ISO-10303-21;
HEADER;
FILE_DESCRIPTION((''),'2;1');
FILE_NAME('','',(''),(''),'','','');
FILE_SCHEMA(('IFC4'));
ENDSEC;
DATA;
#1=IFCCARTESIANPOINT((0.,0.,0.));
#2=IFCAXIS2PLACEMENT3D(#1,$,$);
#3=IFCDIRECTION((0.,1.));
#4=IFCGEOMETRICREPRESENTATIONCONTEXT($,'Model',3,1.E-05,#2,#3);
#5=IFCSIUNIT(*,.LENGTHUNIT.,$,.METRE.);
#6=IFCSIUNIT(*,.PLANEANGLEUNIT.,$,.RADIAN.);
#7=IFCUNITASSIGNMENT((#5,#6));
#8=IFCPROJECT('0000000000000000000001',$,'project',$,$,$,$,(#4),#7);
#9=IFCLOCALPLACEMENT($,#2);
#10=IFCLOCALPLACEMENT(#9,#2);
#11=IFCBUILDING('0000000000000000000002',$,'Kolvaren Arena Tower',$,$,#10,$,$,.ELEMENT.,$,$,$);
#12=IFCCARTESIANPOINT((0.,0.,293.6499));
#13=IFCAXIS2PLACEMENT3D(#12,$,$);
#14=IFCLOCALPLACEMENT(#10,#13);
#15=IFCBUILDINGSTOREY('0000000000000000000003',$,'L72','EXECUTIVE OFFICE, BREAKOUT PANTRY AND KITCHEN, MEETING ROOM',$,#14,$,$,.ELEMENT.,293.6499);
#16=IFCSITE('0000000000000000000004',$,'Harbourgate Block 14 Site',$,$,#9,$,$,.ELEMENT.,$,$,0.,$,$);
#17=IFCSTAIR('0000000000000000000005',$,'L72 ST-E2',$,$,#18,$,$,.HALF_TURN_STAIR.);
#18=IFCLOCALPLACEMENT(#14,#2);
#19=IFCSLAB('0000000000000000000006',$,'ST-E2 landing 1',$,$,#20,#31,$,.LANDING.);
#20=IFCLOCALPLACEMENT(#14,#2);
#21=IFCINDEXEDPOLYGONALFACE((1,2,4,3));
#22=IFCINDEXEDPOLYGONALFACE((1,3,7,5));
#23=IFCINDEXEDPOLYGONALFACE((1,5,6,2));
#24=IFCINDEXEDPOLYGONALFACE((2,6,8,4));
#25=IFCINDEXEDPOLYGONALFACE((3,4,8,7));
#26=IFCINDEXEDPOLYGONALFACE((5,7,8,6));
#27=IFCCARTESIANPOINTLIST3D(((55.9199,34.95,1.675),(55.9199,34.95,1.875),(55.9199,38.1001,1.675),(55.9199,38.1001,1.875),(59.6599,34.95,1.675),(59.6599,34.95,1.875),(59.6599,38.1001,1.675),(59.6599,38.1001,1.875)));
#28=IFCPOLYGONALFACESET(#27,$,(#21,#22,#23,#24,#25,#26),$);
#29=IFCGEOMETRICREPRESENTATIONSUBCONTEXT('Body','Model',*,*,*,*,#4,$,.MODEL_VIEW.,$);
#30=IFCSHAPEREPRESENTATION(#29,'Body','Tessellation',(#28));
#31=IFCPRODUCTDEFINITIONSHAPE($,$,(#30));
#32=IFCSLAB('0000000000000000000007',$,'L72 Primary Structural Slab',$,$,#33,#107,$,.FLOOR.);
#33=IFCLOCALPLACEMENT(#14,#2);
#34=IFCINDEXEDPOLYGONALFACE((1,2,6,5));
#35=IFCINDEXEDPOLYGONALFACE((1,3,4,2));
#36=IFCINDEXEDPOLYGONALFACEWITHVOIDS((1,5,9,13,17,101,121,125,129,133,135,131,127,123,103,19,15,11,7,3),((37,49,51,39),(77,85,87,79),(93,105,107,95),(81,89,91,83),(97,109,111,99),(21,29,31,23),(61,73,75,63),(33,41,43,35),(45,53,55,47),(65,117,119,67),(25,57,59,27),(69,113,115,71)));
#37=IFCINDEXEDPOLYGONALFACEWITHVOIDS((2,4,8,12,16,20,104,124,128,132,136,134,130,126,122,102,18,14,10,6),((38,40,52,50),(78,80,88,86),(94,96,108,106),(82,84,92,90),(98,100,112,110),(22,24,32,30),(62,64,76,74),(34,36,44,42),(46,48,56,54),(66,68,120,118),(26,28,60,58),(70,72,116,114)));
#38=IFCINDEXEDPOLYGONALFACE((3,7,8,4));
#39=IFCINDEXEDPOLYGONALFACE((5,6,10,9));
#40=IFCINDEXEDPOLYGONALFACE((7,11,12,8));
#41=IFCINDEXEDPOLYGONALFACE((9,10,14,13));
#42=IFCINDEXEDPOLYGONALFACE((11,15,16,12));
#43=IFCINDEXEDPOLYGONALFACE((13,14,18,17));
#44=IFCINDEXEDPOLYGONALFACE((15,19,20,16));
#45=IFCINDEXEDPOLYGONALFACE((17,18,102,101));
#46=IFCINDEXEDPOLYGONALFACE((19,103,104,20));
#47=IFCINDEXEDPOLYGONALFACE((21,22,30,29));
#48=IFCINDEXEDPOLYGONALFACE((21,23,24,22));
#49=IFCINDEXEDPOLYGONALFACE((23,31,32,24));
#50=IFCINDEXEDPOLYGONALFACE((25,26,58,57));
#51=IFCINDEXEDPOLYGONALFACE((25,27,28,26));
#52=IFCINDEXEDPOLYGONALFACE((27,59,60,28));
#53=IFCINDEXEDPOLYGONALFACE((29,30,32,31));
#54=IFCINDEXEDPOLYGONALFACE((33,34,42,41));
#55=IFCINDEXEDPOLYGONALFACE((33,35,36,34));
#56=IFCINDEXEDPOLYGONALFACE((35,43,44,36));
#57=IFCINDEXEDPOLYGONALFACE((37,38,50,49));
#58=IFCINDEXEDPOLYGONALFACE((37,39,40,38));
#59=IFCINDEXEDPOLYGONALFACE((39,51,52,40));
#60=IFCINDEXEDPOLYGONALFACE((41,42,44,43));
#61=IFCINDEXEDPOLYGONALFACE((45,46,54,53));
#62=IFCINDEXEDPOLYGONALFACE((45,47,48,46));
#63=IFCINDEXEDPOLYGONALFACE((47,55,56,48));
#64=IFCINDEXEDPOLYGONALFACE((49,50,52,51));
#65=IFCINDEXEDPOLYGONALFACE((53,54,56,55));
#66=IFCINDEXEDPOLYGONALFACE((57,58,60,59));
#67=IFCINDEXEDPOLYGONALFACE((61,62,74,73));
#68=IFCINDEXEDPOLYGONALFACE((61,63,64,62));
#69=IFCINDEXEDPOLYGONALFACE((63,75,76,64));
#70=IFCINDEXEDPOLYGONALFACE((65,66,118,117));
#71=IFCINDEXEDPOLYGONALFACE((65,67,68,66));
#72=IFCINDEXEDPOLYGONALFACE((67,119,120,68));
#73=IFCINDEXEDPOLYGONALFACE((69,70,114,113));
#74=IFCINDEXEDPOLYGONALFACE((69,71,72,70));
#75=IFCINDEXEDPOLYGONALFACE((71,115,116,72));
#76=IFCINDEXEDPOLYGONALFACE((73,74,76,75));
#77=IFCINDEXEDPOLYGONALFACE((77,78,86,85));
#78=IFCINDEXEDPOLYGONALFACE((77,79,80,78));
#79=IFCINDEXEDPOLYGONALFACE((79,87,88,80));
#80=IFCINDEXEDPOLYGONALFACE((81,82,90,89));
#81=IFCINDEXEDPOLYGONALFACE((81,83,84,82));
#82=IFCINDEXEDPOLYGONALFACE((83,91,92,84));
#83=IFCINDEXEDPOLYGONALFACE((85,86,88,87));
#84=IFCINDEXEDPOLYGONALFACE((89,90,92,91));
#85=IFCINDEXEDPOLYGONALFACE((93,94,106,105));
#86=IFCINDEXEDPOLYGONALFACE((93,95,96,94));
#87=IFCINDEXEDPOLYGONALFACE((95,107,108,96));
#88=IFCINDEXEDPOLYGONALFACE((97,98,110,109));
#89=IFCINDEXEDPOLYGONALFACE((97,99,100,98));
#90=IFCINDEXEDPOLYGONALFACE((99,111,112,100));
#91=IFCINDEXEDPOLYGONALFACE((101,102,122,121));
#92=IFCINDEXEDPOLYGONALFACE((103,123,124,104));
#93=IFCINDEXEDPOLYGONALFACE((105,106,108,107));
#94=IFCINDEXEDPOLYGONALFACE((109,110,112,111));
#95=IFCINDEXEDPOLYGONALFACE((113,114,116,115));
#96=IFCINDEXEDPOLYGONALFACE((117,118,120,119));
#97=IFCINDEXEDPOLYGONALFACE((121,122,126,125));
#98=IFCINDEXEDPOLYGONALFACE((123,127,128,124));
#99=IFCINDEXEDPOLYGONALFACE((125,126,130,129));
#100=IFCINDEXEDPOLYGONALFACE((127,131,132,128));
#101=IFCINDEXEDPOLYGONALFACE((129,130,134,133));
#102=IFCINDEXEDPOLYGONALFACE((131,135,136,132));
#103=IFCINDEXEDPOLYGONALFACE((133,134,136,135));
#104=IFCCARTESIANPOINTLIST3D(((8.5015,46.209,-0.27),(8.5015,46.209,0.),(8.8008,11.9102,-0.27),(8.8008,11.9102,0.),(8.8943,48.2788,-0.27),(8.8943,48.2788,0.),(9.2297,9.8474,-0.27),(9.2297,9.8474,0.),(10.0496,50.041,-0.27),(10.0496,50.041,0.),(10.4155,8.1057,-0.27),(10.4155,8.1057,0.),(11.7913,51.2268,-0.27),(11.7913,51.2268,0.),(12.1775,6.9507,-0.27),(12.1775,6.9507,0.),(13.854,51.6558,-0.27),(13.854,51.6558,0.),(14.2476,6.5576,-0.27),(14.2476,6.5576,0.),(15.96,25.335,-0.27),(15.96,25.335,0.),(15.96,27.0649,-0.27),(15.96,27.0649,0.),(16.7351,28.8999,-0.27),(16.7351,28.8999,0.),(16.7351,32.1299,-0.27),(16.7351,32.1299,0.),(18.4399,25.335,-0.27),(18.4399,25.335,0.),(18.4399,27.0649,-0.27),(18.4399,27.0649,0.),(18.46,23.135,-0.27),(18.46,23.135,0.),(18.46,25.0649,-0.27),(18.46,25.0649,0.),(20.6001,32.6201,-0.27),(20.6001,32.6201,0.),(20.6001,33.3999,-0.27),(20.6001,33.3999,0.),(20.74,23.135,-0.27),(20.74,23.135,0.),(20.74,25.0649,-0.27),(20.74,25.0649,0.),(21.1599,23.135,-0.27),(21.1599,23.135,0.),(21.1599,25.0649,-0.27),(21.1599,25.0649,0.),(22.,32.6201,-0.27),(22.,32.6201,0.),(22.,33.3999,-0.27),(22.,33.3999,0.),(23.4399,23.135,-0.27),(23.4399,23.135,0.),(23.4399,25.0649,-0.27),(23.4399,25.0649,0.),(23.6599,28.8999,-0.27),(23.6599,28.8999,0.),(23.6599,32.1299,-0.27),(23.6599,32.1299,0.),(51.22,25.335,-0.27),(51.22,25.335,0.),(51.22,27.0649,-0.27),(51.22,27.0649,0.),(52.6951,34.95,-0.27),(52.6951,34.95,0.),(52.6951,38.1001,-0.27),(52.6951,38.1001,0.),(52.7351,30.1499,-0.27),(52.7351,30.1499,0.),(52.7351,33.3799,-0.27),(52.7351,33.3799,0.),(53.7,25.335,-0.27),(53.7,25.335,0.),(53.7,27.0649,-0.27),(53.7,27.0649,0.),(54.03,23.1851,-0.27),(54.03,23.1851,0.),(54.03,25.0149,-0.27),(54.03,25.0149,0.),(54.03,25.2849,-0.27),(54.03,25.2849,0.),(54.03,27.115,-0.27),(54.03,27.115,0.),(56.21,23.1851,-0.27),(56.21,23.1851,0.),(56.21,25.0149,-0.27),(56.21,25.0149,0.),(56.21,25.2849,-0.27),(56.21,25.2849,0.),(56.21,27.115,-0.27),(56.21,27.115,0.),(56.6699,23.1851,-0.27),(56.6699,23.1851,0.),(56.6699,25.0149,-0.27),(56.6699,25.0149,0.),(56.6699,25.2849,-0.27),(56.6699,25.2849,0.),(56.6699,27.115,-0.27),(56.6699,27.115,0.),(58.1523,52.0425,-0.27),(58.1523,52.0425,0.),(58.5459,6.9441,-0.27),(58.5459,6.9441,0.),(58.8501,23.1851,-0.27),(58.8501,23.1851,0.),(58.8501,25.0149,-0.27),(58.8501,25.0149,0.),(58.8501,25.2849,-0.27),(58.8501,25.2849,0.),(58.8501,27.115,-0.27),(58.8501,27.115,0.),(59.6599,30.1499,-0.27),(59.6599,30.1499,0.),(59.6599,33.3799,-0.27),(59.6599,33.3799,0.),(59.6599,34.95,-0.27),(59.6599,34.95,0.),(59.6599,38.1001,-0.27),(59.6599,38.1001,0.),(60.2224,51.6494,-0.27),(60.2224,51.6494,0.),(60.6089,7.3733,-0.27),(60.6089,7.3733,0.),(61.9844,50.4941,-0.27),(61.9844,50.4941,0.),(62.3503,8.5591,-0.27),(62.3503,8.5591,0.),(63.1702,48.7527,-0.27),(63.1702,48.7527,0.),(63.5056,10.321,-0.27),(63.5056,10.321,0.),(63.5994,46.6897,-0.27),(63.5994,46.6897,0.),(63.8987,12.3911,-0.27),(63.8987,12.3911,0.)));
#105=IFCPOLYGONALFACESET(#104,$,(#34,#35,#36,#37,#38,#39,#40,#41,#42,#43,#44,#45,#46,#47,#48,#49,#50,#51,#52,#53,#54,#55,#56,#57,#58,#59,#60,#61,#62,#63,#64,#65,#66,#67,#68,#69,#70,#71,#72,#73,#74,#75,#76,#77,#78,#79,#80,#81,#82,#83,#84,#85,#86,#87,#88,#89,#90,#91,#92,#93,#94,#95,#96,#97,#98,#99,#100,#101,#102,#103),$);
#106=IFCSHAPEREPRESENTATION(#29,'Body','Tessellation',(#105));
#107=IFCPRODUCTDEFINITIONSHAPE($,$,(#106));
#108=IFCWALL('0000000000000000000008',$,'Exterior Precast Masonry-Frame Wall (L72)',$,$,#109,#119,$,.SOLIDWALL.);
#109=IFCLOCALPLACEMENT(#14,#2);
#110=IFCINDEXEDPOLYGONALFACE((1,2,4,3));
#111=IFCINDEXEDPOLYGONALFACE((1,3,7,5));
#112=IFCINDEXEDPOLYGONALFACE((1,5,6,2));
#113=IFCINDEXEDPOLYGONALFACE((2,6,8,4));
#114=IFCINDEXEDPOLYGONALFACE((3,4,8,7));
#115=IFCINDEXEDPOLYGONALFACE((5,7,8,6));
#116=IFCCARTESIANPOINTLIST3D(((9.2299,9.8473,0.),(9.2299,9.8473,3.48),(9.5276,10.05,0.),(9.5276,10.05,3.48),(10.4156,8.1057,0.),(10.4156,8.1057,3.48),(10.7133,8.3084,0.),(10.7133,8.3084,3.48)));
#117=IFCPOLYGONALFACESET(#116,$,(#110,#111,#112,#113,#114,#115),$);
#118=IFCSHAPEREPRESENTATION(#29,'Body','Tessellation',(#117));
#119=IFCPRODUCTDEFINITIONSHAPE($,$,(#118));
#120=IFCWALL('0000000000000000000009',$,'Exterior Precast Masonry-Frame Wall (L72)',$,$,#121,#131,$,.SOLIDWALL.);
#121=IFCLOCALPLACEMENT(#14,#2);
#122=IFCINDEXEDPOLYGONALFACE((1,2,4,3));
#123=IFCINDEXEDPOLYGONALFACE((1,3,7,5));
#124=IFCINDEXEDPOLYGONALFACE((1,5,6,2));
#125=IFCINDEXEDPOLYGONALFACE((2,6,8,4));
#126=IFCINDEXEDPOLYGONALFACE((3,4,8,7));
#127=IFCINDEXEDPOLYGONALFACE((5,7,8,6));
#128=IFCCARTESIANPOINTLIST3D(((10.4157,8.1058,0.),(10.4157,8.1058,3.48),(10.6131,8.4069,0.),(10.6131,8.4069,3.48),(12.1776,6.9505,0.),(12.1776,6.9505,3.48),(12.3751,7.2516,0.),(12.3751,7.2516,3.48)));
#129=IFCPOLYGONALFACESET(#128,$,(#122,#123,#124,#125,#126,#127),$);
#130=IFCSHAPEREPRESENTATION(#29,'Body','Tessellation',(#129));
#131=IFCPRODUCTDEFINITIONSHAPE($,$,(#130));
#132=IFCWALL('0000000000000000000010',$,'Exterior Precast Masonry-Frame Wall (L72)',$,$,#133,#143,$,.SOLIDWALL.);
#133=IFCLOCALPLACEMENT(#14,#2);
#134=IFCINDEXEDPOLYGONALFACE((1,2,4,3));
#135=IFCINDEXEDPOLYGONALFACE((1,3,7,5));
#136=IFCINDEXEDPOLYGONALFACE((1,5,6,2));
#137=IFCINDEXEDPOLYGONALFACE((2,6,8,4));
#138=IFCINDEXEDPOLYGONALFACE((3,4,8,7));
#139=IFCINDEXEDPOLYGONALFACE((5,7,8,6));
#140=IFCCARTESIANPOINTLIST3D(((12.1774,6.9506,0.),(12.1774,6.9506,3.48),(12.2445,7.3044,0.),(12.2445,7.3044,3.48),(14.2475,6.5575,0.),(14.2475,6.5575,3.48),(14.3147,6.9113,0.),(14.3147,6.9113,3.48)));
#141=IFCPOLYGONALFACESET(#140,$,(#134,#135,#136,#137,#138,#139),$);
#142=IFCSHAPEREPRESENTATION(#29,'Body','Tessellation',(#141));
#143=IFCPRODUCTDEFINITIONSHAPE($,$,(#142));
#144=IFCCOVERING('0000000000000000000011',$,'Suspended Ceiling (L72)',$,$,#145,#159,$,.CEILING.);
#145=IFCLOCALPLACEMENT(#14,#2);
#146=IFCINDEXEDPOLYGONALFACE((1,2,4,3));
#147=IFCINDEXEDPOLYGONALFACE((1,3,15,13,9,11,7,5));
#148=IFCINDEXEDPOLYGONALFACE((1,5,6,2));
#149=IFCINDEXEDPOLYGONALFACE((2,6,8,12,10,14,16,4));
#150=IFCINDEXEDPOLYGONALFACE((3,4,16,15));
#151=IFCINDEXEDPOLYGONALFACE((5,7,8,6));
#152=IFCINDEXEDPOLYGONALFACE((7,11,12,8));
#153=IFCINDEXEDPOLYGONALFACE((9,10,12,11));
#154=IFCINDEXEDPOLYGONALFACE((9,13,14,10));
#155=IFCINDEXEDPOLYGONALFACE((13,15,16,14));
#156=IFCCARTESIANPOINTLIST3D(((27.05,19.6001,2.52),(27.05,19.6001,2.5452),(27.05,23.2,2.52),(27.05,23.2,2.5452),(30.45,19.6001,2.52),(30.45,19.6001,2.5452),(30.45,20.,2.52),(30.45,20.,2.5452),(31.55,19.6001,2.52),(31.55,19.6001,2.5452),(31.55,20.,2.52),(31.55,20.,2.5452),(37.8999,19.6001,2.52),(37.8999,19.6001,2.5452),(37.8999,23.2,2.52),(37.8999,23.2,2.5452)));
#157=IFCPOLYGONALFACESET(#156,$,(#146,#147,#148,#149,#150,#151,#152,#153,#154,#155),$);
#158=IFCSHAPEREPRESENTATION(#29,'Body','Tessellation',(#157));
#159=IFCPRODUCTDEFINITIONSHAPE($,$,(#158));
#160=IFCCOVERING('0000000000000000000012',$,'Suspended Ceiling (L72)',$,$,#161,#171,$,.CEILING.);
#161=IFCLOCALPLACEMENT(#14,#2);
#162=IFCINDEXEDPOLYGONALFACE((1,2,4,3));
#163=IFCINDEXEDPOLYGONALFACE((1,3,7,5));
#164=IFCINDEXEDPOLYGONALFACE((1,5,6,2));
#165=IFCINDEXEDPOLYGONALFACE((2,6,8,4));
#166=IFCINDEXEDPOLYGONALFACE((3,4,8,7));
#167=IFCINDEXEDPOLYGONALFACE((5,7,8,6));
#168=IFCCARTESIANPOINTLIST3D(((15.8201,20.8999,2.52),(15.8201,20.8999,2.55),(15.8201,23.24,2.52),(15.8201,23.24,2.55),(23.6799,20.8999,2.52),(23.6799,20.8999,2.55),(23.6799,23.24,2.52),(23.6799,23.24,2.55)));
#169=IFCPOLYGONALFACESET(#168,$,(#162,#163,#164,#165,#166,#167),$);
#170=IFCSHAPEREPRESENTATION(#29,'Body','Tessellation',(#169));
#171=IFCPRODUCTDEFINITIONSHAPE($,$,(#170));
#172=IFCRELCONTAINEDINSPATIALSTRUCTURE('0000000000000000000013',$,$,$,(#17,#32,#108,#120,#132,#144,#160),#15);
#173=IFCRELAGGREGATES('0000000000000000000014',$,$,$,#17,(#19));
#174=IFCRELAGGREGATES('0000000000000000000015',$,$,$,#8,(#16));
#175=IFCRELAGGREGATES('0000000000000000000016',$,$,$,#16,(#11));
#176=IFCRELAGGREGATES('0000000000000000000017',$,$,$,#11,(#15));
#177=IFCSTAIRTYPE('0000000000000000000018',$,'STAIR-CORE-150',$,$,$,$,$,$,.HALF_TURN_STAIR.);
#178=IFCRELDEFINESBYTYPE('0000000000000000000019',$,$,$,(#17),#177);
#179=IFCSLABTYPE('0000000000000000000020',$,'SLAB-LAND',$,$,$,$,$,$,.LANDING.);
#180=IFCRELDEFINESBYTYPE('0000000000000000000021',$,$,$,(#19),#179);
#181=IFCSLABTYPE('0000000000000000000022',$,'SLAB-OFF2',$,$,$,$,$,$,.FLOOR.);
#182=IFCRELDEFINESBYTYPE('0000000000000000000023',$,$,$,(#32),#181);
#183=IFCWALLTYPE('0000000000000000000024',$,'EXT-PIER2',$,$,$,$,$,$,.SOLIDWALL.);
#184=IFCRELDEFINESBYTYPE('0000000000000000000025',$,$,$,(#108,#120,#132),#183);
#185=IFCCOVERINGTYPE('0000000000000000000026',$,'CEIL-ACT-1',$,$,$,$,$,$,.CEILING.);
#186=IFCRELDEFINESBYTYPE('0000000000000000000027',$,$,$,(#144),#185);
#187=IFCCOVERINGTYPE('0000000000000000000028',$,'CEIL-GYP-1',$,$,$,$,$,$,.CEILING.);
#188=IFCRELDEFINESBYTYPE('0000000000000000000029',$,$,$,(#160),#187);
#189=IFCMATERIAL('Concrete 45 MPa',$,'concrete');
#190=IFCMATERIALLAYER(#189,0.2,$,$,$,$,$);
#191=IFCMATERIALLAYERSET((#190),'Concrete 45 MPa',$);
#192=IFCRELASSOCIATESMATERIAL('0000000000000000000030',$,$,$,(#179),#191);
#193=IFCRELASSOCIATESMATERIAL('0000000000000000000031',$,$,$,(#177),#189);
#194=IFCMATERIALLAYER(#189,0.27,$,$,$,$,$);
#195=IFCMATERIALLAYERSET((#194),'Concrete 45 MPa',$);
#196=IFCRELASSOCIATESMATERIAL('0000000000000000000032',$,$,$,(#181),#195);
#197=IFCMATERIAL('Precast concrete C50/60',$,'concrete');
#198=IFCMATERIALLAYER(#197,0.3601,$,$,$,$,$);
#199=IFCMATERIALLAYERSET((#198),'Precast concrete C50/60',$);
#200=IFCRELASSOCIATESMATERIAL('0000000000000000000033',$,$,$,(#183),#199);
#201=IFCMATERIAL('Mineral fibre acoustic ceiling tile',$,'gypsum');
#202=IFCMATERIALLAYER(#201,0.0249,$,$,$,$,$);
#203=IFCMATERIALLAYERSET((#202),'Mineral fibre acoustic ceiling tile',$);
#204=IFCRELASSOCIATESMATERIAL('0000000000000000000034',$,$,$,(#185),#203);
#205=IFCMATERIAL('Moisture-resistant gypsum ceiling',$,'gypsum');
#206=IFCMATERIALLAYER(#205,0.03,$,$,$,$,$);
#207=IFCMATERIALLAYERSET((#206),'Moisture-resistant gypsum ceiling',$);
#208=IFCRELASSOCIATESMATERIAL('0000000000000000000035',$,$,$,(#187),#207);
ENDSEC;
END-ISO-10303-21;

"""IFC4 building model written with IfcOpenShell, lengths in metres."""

from ifc_helpers import new_model, si_unit, direction, frame, frame_2d, origin, place, context, subcontext, project, spatial, polyline, rectangle, outline, extrude, material, layer, layer_set, type_object, element, aggregate, save


model = new_model("IFC4")

# Units and contexts
model_context = context("Model", 3, precision=1e-05, world=origin(), true_north=direction((0.0, 1.0)))
body_context = subcontext(model_context, "Body", "Model", "MODEL_VIEW")
ifc_project = project(units=[si_unit("LENGTHUNIT", "METRE"), si_unit("PLANEANGLEUNIT", "RADIAN")], contexts=[model_context])

# Site, building, storey
site_placement = place(None, origin())
site = spatial("IfcSite", under=ifc_project, at=site_placement, Name="Harbourgate Block 14 Site", CompositionType="ELEMENT", RefElevation=0.0)
building_placement = place(site_placement, origin())
building = spatial("IfcBuilding", under=site, at=building_placement, Name="Kolvaren Arena Tower", CompositionType="ELEMENT")
storey_placement = place(building_placement, frame((0.0, 0.0, 293.6499)))
storey = spatial("IfcBuildingStorey", under=building, at=storey_placement, Name="L72", Description="EXECUTIVE OFFICE, BREAKOUT PANTRY AND KITCHEN, MEETING ROOM", CompositionType="ELEMENT", Elevation=293.6499)

# Shared definitions
ifc_material_1 = material(Name="Precast concrete C50/60", Category="concrete")

# Stair, slab
ifc_material_2 = material(Name="Concrete 45 MPa", Category="concrete")
ifc_layer_1 = layer(ifc_material_2, 0.2)
ifc_layer_set_1 = layer_set([ifc_layer_1], Name="Concrete 45 MPa")
slab_type_1 = type_object("IfcSlabType", Name="SLAB-LAND", PredefinedType="LANDING", material=ifc_layer_set_1)
stair_type_1 = type_object("IfcStairType", Name="STAIR-CORE-150", PredefinedType="HALF_TURN_STAIR", material=ifc_material_2)
stair_1_placement = place(storey_placement, origin())
stair_1 = element("IfcStair", 1, at=stair_1_placement, inside=storey, type_object=stair_type_1, Name="L72 ST-E2", PredefinedType="HALF_TURN_STAIR")
slab_1_placement = place(storey_placement, frame((0.0, 0.0, 1.675)))
slab_1 = element("IfcSlab", 2, at=slab_1_placement, type_object=slab_type_1, Name="ST-E2 landing 1", PredefinedType="LANDING", context=body_context, shape_type="SweptSolid", body=[
    extrude(outline(polyline([(55.9199, 34.95), (59.6599, 34.95), (59.6599, 38.1001), (55.9199, 38.1001), (55.9199, 34.95)])), origin(), (0.0, 0.0, 1.0), 0.2),
])
aggregate(stair_1, [slab_1])

# Slab
ifc_layer_2 = layer(ifc_material_2, 0.27)
ifc_layer_set_2 = layer_set([ifc_layer_2], Name="Concrete 45 MPa")
slab_type_2 = type_object("IfcSlabType", Name="SLAB-OFF2", PredefinedType="FLOOR", material=ifc_layer_set_2)
slab_2_placement = place(storey_placement, frame((0.0, 0.0, -0.27)))
element("IfcSlab", 3, at=slab_2_placement, inside=storey, type_object=slab_type_2, Name="L72 Primary Structural Slab", PredefinedType="FLOOR", context=body_context, shape_type="SweptSolid", body=[
    extrude(outline(polyline([(58.5459, 6.9441), (60.6089, 7.3733), (62.3503, 8.5591), (63.5056, 10.321), (63.8987, 12.3911), (63.5994, 46.6897), (63.1702, 48.7527), (61.9844, 50.4941), (60.2224, 51.6494), (58.1523, 52.0425), (13.854, 51.6558), (11.7913, 51.2268), (10.0496, 50.041), (8.8943, 48.2788), (8.5015, 46.209), (8.8008, 11.9102), (9.2297, 9.8474), (10.4155, 8.1057), (12.1775, 6.9507), (14.2476, 6.5576), (58.5459, 6.9441)]), holes=[polyline([(20.74, 23.135), (18.46, 23.135), (18.46, 25.0649), (20.74, 25.0649), (20.74, 23.135)]), polyline([(21.1599, 23.135), (21.1599, 25.0649), (23.4399, 25.0649), (23.4399, 23.135), (21.1599, 23.135)]), polyline([(56.21, 23.1851), (54.03, 23.1851), (54.03, 25.0149), (56.21, 25.0149), (56.21, 23.1851)]), polyline([(56.6699, 23.1851), (56.6699, 25.0149), (58.8501, 25.0149), (58.8501, 23.1851), (56.6699, 23.1851)]), polyline([(54.03, 25.2849), (54.03, 27.115), (56.21, 27.115), (56.21, 25.2849), (54.03, 25.2849)]), polyline([(58.8501, 25.2849), (56.6699, 25.2849), (56.6699, 27.115), (58.8501, 27.115), (58.8501, 25.2849)]), polyline([(15.96, 25.335), (15.96, 27.0649), (18.4399, 27.0649), (18.4399, 25.335), (15.96, 25.335)]), polyline([(53.7, 25.335), (51.22, 25.335), (51.22, 27.0649), (53.7, 27.0649), (53.7, 25.335)]), polyline([(16.7351, 28.8999), (16.7351, 32.1299), (23.6599, 32.1299), (23.6599, 28.8999), (16.7351, 28.8999)]), polyline([(52.7351, 30.1499), (52.7351, 33.3799), (59.6599, 33.3799), (59.6599, 30.1499), (52.7351, 30.1499)]), polyline([(20.6001, 32.6201), (20.6001, 33.3999), (22.0, 33.3999), (22.0, 32.6201), (20.6001, 32.6201)]), polyline([(52.6951, 34.95), (52.6951, 38.1001), (59.6599, 38.1001), (59.6599, 34.95), (52.6951, 34.95)])]), origin(), (0.0, 0.0, 1.0), 0.27),
])

# Walls
ifc_layer_3 = layer(ifc_material_1, 0.3601)
ifc_layer_set_3 = layer_set([ifc_layer_3], Name="Precast concrete C50/60")
wall_type = type_object("IfcWallType", Name="EXT-PIER2", PredefinedType="SOLIDWALL", material=ifc_layer_set_3)
for number, where, z_axis, x_axis, name in (
    (4, (10.5645, 8.207, 0.0), (0.0, 0.0, 1.0), (-0.562776, 0.82661, 0.0), "Exterior Precast Masonry-Frame Wall (L72)"),
    (5, (12.2764, 7.1011, 0.0), (0.0, 0.0, 1.0), (-0.836269, 0.54832, 0.0), "Exterior Precast Masonry-Frame Wall (L72)"),
):
    element("IfcWall", number, at=place(storey_placement, frame(where, z_axis=z_axis, x_axis=x_axis)), inside=storey, type_object=wall_type, Name=name, PredefinedType="SOLIDWALL", context=body_context, shape_type="SweptSolid", body=[
        extrude(rectangle(XDim=2.1069, YDim=0.3601, at=frame_2d((1.0535, 0.0))), origin(), (0.0, 0.0, 1.0), 3.48),
    ])
wall_placement = place(storey_placement, frame((14.2812, 6.7344, 0.0), z_axis=(0.0, 0.0, 1.0), x_axis=(-0.982446, 0.186548, 0.0)))
element("IfcWall", 6, at=wall_placement, inside=storey, type_object=wall_type, Name="Exterior Precast Masonry-Frame Wall (L72)", PredefinedType="SOLIDWALL", context=body_context, shape_type="SweptSolid", body=[
    extrude(rectangle(XDim=2.1072, YDim=0.3601, at=frame_2d((1.0537, 0.0))), origin(), (0.0, 0.0, 1.0), 3.48),
])

# Coverings
ifc_material_3 = material(Name="Mineral fibre acoustic ceiling tile", Category="gypsum")
ifc_layer_4 = layer(ifc_material_3, 0.0249)
ifc_layer_set_4 = layer_set([ifc_layer_4], Name="Mineral fibre acoustic ceiling tile")
covering_type_1 = type_object("IfcCoveringType", Name="CEIL-ACT-1", PredefinedType="CEILING", material=ifc_layer_set_4)
covering_1_placement = place(storey_placement, frame((0.0, 0.0, 2.52)))
element("IfcCovering", 7, at=covering_1_placement, inside=storey, type_object=covering_type_1, Name="Suspended Ceiling (L72)", PredefinedType="CEILING", context=body_context, shape_type="SweptSolid", body=[
    extrude(outline(polyline([(27.05, 19.6001), (27.05, 23.2), (37.8999, 23.2), (37.8999, 19.6001), (31.55, 19.6001), (31.55, 20.0), (30.45, 20.0), (30.45, 19.6001), (27.05, 19.6001)])), origin(), (0.0, 0.0, 1.0), 0.0251),
])
ifc_material_4 = material(Name="Moisture-resistant gypsum ceiling", Category="gypsum")
ifc_layer_5 = layer(ifc_material_4, 0.03)
ifc_layer_set_5 = layer_set([ifc_layer_5], Name="Moisture-resistant gypsum ceiling")
covering_type_2 = type_object("IfcCoveringType", Name="CEIL-GYP-1", PredefinedType="CEILING", material=ifc_layer_set_5)
covering_2_placement = place(storey_placement, frame((0.0, 0.0, 2.52)))
element("IfcCovering", 8, at=covering_2_placement, inside=storey, type_object=covering_type_2, Name="Suspended Ceiling (L72)", PredefinedType="CEILING", context=body_context, shape_type="SweptSolid", body=[
    extrude(outline(polyline([(15.8201, 20.8999), (15.8201, 23.24), (23.6799, 23.24), (23.6799, 20.8999), (15.8201, 20.8999)])), origin(), (0.0, 0.0, 1.0), 0.03),
])

save(model, "model.ifc")
